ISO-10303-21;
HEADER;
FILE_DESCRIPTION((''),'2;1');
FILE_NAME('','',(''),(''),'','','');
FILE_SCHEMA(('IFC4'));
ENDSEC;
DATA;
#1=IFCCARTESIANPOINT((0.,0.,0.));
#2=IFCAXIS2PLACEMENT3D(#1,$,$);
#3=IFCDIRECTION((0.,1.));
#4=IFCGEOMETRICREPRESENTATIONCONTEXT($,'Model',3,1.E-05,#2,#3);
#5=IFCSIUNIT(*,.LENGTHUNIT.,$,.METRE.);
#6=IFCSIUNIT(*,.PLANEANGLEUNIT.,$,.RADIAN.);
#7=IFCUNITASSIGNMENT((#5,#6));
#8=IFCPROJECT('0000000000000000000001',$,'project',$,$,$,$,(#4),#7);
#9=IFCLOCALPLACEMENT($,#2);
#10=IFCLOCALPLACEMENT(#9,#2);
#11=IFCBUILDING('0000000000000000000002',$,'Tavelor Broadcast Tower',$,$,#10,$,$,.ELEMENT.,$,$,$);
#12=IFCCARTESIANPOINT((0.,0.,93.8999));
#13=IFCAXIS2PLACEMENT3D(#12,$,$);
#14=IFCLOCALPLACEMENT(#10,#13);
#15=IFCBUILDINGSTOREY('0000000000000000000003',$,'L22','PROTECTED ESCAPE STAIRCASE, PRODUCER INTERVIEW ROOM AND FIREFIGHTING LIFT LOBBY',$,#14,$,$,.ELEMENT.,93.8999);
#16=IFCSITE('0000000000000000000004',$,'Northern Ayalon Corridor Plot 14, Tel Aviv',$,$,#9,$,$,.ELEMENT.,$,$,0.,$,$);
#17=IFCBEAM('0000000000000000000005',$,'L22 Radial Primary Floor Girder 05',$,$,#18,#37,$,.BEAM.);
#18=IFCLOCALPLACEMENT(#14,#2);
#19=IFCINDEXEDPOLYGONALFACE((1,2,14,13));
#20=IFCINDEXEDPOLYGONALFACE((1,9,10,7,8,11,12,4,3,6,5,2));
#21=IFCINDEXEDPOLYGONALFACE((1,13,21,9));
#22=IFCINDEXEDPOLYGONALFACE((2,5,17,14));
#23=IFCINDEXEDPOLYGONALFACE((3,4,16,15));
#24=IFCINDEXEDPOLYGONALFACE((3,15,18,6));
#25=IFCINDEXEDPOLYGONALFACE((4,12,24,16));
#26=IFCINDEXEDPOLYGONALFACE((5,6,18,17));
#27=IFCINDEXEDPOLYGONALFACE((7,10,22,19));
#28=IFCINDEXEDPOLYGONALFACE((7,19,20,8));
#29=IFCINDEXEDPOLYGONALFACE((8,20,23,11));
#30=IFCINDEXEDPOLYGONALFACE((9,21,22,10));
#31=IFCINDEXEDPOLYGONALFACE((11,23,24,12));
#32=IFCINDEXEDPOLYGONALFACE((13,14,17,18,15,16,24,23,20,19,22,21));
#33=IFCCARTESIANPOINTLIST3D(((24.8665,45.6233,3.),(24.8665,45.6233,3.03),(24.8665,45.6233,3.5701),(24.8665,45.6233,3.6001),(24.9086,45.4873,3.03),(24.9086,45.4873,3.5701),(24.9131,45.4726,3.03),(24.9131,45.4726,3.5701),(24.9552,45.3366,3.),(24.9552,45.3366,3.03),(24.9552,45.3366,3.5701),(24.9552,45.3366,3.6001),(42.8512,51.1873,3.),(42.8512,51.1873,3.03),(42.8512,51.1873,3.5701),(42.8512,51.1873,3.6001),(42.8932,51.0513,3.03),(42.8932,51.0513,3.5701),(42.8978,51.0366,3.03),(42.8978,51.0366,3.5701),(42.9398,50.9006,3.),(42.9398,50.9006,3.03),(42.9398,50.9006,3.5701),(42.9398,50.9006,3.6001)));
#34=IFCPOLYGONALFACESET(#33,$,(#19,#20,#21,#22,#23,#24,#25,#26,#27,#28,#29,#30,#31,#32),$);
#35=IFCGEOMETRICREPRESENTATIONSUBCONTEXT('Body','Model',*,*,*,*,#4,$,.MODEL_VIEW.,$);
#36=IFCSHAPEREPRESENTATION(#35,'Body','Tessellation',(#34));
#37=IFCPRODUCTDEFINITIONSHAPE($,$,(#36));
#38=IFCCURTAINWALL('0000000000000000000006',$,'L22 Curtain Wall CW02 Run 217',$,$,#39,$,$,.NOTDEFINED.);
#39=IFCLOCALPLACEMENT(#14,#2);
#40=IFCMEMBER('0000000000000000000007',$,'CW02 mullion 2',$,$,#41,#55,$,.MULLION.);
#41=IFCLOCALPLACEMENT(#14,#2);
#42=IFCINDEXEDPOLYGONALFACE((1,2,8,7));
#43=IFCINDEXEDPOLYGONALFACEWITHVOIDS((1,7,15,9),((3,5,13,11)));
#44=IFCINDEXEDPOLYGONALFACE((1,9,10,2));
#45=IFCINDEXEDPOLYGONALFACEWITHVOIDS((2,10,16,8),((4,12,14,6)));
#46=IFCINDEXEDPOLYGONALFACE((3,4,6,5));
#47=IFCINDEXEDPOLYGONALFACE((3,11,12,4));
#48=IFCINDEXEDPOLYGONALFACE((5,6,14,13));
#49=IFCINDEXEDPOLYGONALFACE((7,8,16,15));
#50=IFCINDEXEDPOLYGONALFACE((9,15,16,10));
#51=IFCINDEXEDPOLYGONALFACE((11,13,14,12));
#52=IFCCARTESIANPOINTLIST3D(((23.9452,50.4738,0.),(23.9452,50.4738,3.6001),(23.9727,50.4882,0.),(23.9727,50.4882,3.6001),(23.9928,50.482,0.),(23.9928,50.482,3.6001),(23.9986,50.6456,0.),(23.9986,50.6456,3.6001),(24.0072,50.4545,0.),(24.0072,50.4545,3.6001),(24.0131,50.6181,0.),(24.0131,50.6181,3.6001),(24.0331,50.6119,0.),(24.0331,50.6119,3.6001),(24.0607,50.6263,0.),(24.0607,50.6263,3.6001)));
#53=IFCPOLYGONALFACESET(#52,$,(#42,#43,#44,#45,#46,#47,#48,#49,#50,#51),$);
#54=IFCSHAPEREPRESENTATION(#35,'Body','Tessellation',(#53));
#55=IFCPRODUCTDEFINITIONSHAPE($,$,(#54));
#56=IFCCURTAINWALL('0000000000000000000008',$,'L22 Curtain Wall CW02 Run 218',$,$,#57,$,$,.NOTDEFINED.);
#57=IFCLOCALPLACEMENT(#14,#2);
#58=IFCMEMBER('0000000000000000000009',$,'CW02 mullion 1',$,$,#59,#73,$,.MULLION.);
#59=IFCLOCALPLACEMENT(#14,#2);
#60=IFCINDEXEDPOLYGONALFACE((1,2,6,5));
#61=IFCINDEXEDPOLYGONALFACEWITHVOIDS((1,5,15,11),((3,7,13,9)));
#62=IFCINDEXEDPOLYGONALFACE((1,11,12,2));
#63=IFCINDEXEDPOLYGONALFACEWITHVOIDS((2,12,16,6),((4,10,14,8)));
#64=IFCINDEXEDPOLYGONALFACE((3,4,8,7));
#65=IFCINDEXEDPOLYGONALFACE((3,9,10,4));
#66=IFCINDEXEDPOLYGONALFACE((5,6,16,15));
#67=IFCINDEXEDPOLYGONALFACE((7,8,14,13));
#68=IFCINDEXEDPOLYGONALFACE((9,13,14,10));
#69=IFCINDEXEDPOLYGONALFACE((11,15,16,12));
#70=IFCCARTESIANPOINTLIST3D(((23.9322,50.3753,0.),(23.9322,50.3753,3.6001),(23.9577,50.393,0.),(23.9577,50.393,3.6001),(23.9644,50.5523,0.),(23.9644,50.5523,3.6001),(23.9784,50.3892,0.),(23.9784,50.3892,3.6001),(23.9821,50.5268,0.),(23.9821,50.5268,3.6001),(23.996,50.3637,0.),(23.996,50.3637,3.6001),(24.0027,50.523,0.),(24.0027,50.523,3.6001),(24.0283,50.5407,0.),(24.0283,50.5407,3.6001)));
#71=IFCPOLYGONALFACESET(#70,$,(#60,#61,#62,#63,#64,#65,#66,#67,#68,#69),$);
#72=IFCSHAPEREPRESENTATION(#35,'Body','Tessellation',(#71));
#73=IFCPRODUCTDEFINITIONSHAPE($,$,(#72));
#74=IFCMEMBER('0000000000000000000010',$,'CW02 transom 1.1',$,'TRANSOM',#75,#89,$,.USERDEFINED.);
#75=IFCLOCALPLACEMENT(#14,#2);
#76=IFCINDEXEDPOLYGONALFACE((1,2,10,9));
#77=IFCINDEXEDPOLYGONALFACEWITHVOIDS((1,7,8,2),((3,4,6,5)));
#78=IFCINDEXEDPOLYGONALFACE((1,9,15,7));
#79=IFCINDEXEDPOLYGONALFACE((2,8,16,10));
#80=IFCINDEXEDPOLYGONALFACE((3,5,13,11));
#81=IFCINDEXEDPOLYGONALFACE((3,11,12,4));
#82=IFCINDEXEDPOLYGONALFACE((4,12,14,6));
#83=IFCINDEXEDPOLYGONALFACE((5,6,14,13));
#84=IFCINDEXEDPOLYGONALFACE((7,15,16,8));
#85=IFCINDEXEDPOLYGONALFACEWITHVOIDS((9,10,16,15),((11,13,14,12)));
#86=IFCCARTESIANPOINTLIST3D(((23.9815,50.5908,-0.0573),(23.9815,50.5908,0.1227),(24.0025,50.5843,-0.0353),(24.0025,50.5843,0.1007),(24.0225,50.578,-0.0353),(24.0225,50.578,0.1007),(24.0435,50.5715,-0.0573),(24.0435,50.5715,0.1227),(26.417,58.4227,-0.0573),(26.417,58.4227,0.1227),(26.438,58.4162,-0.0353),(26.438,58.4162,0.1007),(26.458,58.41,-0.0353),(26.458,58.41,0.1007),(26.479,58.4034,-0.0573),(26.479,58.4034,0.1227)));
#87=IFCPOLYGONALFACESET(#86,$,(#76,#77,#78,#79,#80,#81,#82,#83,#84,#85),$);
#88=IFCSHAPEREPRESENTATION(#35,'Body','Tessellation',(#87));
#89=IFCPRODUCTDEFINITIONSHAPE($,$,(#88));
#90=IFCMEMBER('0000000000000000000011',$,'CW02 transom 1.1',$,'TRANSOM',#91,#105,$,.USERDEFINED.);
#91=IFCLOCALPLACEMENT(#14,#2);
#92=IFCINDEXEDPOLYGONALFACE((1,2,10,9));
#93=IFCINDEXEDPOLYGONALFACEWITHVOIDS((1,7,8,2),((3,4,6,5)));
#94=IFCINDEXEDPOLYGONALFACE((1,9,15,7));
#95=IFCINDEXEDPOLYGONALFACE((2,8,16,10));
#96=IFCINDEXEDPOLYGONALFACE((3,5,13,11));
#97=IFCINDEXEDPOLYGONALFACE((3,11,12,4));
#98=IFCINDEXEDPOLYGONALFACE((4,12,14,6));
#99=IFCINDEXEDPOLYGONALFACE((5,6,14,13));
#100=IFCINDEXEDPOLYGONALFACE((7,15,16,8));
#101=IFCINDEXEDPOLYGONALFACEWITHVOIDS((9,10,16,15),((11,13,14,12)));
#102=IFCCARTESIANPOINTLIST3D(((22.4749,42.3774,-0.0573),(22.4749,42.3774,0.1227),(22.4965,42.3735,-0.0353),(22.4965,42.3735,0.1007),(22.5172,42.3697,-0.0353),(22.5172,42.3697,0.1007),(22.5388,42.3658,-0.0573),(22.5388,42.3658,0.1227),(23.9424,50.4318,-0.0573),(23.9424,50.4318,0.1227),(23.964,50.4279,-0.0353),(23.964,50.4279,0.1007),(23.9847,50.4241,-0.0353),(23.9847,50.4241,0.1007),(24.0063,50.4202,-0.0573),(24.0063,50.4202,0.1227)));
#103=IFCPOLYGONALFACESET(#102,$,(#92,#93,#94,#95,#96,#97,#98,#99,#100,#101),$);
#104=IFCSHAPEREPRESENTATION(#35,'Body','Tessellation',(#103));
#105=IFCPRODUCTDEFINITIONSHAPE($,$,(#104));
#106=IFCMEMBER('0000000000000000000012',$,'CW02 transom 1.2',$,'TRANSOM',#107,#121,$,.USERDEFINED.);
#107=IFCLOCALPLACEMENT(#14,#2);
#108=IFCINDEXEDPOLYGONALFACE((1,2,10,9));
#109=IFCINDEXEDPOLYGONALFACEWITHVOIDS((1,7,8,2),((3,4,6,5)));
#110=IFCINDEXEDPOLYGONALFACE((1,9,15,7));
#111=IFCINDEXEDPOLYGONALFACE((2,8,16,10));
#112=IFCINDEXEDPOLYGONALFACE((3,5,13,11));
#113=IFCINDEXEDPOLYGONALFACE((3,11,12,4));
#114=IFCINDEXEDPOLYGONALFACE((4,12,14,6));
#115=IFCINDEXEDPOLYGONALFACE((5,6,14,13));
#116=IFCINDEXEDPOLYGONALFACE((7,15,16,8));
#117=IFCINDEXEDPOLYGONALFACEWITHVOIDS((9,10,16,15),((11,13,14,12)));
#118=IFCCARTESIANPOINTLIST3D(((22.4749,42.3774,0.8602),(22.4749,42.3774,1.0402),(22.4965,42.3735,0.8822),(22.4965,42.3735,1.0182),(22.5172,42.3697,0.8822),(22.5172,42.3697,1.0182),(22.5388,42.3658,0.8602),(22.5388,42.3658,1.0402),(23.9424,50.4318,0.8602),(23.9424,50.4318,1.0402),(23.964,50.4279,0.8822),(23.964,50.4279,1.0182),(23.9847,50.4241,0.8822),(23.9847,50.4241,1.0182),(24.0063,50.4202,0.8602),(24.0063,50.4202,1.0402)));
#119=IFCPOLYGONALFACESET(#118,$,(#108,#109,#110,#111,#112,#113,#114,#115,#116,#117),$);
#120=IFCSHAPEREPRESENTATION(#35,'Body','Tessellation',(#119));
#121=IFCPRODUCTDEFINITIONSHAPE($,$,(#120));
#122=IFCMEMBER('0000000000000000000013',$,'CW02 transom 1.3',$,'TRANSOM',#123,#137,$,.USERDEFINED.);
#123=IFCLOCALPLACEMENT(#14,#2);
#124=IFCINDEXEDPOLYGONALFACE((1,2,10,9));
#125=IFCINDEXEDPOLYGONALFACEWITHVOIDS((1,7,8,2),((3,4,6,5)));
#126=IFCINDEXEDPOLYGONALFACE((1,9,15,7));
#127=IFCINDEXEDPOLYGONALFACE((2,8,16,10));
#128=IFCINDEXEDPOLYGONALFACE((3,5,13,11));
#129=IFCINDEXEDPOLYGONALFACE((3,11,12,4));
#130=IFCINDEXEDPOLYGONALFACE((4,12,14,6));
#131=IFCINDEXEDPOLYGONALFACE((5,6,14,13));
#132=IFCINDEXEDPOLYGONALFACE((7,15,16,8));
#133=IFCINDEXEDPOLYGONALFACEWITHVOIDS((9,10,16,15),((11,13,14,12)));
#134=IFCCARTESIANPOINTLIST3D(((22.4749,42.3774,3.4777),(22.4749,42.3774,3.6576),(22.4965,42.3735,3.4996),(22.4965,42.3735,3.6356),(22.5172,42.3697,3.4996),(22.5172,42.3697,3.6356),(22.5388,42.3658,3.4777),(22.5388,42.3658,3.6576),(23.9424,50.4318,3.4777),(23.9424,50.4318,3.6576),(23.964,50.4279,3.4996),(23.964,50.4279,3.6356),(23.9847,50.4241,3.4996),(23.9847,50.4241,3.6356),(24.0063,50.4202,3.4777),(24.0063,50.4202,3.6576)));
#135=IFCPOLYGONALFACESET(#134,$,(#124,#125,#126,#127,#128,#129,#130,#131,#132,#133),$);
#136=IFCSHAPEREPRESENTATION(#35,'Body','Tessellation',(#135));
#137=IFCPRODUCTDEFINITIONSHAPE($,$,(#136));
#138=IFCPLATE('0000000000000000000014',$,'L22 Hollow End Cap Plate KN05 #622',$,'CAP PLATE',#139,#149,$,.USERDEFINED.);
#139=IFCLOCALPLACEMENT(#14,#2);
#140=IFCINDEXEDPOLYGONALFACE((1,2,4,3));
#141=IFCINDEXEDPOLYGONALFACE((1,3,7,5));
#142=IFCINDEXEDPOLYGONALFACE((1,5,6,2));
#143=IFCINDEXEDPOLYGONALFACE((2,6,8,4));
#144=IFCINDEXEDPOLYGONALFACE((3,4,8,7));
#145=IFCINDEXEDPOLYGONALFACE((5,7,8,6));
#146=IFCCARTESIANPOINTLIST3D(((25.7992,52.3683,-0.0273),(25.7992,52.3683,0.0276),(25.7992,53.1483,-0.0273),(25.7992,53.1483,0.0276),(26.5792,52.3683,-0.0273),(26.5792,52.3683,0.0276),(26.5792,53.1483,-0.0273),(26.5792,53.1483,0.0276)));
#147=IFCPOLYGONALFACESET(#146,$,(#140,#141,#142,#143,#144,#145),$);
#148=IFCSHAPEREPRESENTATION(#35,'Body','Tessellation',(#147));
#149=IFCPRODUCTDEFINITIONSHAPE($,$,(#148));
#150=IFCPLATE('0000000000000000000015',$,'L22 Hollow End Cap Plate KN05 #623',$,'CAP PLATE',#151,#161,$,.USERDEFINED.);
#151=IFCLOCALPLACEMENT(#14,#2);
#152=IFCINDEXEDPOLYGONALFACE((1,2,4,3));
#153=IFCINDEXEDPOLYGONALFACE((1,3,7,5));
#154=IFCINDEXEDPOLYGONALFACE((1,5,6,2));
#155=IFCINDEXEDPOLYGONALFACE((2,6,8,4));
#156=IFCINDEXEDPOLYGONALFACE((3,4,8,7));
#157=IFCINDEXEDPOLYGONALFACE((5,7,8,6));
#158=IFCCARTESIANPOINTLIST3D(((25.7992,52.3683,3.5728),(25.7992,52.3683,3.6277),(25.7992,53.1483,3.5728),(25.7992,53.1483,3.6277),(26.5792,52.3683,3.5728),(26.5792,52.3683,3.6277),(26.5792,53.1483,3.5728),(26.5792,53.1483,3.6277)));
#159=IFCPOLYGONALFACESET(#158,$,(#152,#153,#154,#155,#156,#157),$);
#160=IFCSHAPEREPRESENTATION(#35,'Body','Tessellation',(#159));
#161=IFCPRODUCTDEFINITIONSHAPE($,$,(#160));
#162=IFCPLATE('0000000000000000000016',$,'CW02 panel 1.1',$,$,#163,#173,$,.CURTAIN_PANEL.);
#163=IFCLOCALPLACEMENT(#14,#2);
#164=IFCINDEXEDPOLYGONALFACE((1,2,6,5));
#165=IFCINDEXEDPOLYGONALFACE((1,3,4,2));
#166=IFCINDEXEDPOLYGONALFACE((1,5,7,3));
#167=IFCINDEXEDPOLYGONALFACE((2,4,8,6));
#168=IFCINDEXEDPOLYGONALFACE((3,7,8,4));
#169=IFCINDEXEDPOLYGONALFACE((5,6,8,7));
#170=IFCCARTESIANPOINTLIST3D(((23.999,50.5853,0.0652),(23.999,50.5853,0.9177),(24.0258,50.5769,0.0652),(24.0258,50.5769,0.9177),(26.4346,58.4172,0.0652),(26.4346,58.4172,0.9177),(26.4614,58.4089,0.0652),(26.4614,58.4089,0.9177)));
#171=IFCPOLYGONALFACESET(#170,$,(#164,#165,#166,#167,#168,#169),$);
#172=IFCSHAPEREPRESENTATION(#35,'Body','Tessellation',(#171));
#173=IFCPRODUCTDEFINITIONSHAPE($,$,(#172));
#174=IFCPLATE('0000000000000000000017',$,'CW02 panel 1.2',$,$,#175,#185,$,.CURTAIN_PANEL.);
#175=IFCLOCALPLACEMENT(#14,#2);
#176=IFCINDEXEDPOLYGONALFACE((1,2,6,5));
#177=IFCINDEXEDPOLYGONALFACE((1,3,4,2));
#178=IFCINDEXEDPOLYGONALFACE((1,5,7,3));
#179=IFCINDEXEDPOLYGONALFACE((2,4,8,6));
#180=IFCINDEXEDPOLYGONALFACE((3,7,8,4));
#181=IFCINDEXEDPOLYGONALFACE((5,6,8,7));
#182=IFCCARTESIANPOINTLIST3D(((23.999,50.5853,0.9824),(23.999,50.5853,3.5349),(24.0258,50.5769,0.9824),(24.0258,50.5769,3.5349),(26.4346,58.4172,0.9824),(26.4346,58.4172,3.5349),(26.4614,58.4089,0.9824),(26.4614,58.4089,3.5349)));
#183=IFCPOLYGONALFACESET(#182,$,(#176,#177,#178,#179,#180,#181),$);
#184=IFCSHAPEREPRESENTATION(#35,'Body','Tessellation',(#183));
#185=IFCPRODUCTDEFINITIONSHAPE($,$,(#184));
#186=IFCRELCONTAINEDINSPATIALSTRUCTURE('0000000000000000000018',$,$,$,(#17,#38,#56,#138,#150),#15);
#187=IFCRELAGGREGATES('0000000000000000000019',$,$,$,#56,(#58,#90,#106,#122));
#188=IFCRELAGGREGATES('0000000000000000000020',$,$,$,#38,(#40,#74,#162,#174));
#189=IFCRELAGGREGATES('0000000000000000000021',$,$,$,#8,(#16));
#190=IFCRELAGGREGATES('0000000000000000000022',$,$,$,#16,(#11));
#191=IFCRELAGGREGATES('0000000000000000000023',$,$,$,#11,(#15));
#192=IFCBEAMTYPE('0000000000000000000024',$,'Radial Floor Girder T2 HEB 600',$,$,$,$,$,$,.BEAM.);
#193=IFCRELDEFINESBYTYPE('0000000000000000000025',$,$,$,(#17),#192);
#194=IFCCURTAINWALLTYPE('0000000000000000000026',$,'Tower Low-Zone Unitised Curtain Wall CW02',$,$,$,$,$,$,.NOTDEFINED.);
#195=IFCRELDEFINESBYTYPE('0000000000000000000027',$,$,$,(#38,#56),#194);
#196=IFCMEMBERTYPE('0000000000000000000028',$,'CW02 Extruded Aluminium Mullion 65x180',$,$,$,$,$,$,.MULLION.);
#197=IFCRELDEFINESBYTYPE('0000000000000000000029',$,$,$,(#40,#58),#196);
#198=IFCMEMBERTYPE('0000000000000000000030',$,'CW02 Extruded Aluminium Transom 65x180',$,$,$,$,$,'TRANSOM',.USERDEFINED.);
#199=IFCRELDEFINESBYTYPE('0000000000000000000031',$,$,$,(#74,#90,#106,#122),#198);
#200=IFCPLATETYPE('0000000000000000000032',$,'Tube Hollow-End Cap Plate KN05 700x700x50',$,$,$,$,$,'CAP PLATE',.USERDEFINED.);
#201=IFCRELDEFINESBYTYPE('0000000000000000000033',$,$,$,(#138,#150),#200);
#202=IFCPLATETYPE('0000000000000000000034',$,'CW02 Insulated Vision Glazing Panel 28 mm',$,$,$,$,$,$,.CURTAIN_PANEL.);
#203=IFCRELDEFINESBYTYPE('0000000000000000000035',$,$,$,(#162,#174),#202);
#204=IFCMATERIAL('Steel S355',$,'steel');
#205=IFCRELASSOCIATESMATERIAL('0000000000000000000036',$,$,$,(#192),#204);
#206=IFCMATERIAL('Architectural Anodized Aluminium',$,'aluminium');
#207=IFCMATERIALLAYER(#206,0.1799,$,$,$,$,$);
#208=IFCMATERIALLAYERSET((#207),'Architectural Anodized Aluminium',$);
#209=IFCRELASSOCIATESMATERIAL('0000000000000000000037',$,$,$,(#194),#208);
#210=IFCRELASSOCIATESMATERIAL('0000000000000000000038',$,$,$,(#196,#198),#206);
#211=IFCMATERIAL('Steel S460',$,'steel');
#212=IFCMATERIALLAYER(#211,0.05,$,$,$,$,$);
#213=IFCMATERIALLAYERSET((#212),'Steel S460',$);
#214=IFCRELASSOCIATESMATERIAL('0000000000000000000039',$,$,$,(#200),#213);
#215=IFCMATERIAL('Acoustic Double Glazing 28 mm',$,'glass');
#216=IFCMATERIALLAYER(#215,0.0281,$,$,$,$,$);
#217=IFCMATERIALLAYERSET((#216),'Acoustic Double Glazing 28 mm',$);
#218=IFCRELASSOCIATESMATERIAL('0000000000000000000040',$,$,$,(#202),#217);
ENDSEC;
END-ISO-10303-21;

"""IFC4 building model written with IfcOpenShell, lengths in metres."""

from ifc_helpers import new_model, si_unit, direction, frame, origin, origin_2d, place, context, subcontext, project, spatial, rectangle, hollow_rectangle, i_section, extrude, source, transform, mapped, material, layer, layer_set, material_profile, profile_set, type_object, type_shapes, element, aggregate, save


model = new_model("IFC4")

# Units and contexts
model_context = context("Model", 3, precision=1e-05, world=origin(), true_north=direction((0.0, 1.0)))
body_context = subcontext(model_context, "Body", "Model", "MODEL_VIEW")
ifc_project = project(units=[si_unit("LENGTHUNIT", "METRE"), si_unit("PLANEANGLEUNIT", "RADIAN")], contexts=[model_context])

# Site, building, storey
site_placement = place(None, origin())
site = spatial("IfcSite", under=ifc_project, at=site_placement, Name="Northern Ayalon Corridor Plot 14, Tel Aviv", CompositionType="ELEMENT", RefElevation=0.0)
building_placement = place(site_placement, origin())
building = spatial("IfcBuilding", under=site, at=building_placement, Name="Tavelor Broadcast Tower", CompositionType="ELEMENT")
storey_placement = place(building_placement, frame((0.0, 0.0, 93.8999)))
storey = spatial("IfcBuildingStorey", under=building, at=storey_placement, Name="L22", Description="PROTECTED ESCAPE STAIRCASE, PRODUCER INTERVIEW ROOM AND FIREFIGHTING LIFT LOBBY", CompositionType="ELEMENT", Elevation=93.8999)

# Shared definitions
ifc_material_1 = material(Name="Steel S460", Category="steel")

# Beam
ifc_material_2 = material(Name="Steel S355", Category="steel")
ifc_material_profile_1 = material_profile(ifc_material_2, i_section(OverallWidth=0.3, OverallDepth=0.6001, WebThickness=0.0154, FlangeThickness=0.03, at=origin_2d()), Name="HEB 600")
ifc_profile_set_1 = profile_set([ifc_material_profile_1], Name="Steel S355")
beam_type_1 = type_object("IfcBeamType", Name="Radial Floor Girder T2 HEB 600", PredefinedType="BEAM", material=ifc_profile_set_1)
beam_1_placement = place(storey_placement, frame((42.8955, 51.0439, 3.3), z_axis=(-0.955326, -0.295553, 0.0), x_axis=(0.295553, -0.955326, 0.0)))
element("IfcBeam", 1, at=beam_1_placement, inside=storey, type_object=beam_type_1, Name="L22 Radial Primary Floor Girder 05", PredefinedType="BEAM", context=body_context, shape_type="SweptSolid", body=[
    extrude(i_section(OverallWidth=0.3, OverallDepth=0.6001, WebThickness=0.0154, FlangeThickness=0.03, at=origin_2d()), origin(), (0.0, 0.0, 1.0), 18.8257),
])

# Curtain walls, members
ifc_material_3 = material(Name="Architectural Anodized Aluminium", Category="aluminium")
ifc_layer_1 = layer(ifc_material_3, 0.1799)
ifc_layer_set_1 = layer_set([ifc_layer_1], Name="Architectural Anodized Aluminium")
curtain_wall_type = type_object("IfcCurtainWallType", Name="Tower Low-Zone Unitised Curtain Wall CW02", PredefinedType="NOTDEFINED", material=ifc_layer_set_1)
curtain_wall_1_placement = place(storey_placement, origin())
curtain_wall_1 = element("IfcCurtainWall", 2, at=curtain_wall_1_placement, inside=storey, type_object=curtain_wall_type, Name="L22 Curtain Wall CW02 Run 217", PredefinedType="NOTDEFINED")
ifc_material_profile_2 = material_profile(ifc_material_3, hollow_rectangle(XDim=0.0649, YDim=0.1799, WallThickness=0.022, at=origin_2d()), Name="RHS 65x180x22")
ifc_profile_set_2 = profile_set([ifc_material_profile_2], Name="Architectural Anodized Aluminium")
member_type_1 = type_object("IfcMemberType", Name="CW02 Extruded Aluminium Mullion 65x180", PredefinedType="MULLION", material=ifc_profile_set_2)
shared_shape_1 = source(origin(), body_context, "Body", "SweptSolid", [
    extrude(hollow_rectangle(XDim=0.0649, YDim=0.1799, WallThickness=0.022, at=origin_2d()), origin(), (0.0, 0.0, 1.0), 3.6001),
])
type_shapes(member_type_1, [shared_shape_1])
member_1_placement = place(storey_placement, frame((24.0029, 50.55, 0.0), z_axis=(0.0, 0.0, 1.0), x_axis=(0.954892, -0.296954, 0.0)))
member_1 = element("IfcMember", 3, at=member_1_placement, type_object=member_type_1, Name="CW02 mullion 2", PredefinedType="MULLION", context=body_context, shape_type="MappedRepresentation", body=[
    mapped(shared_shape_1, transform((0.0, 0.0, 0.0), scale=1.0)),
])
curtain_wall_2_placement = place(storey_placement, origin())
curtain_wall_2 = element("IfcCurtainWall", 4, at=curtain_wall_2_placement, inside=storey, type_object=curtain_wall_type, Name="L22 Curtain Wall CW02 Run 218", PredefinedType="NOTDEFINED")
member_2_placement = place(storey_placement, frame((23.9802, 50.458, 0.0), z_axis=(0.0, 0.0, 1.0), x_axis=(0.983806, -0.179236, 0.0)))
member_2 = element("IfcMember", 5, at=member_2_placement, type_object=member_type_1, Name="CW02 mullion 1", PredefinedType="MULLION", context=body_context, shape_type="MappedRepresentation", body=[
    mapped(shared_shape_1, transform((0.0, 0.0, 0.0), scale=1.0)),
])

# Members
ifc_material_profile_3 = material_profile(ifc_material_3, hollow_rectangle(XDim=0.0649, YDim=0.1799, WallThickness=0.022, at=origin_2d()), Name="RHS 65x180x22")
ifc_profile_set_3 = profile_set([ifc_material_profile_3], Name="Architectural Anodized Aluminium")
member_type_2 = type_object("IfcMemberType", Name="CW02 Extruded Aluminium Transom 65x180", ElementType="TRANSOM", PredefinedType="USERDEFINED", material=ifc_profile_set_3)
shared_shape_2 = source(origin(), body_context, "Body", "SweptSolid", [
    extrude(hollow_rectangle(XDim=0.0649, YDim=0.1799, WallThickness=0.022, at=origin_2d()), origin(), (0.0, 0.0, 1.0), 8.2019),
])
member_3_placement = place(storey_placement, frame((26.448, 58.4131, 0.0327), z_axis=(-0.296946, -0.954894, 0.0), x_axis=(0.954894, -0.296946, 0.0)))
member_3 = element("IfcMember", 6, at=member_3_placement, type_object=member_type_2, Name="CW02 transom 1.1", ObjectType="TRANSOM", PredefinedType="USERDEFINED", context=body_context, shape_type="MappedRepresentation", body=[
    mapped(shared_shape_2, transform((0.0, 0.0, 0.0), scale=1.0)),
])
shared_shape_3 = source(origin(), body_context, "Body", "SweptSolid", [
    extrude(hollow_rectangle(XDim=0.0649, YDim=0.1799, WallThickness=0.022, at=origin_2d()), origin(), (0.0, 0.0, 1.0), 8.187),
])
type_shapes(member_type_2, [shared_shape_2, shared_shape_3])
member_4_placement = place(storey_placement, frame((23.9744, 50.426, 0.0327), z_axis=(-0.17925, -0.983804, 0.0), x_axis=(0.983804, -0.17925, 0.0)))
member_4 = element("IfcMember", 7, at=member_4_placement, type_object=member_type_2, Name="CW02 transom 1.1", ObjectType="TRANSOM", PredefinedType="USERDEFINED", context=body_context, shape_type="MappedRepresentation", body=[
    mapped(shared_shape_3, transform((0.0, 0.0, 0.0), scale=1.0)),
])
member_5_placement = place(storey_placement, frame((23.9744, 50.426, 0.9502), z_axis=(-0.17925, -0.983804, 0.0), x_axis=(0.983804, -0.17925, 0.0)))
member_5 = element("IfcMember", 8, at=member_5_placement, type_object=member_type_2, Name="CW02 transom 1.2", ObjectType="TRANSOM", PredefinedType="USERDEFINED", context=body_context, shape_type="MappedRepresentation", body=[
    mapped(shared_shape_3, transform((0.0, 0.0, 0.0), scale=1.0)),
])
member_6_placement = place(storey_placement, frame((23.9744, 50.426, 3.5676), z_axis=(-0.17925, -0.983804, 0.0), x_axis=(0.983804, -0.17925, 0.0)))
member_6 = element("IfcMember", 9, at=member_6_placement, type_object=member_type_2, Name="CW02 transom 1.3", ObjectType="TRANSOM", PredefinedType="USERDEFINED", context=body_context, shape_type="MappedRepresentation", body=[
    mapped(shared_shape_3, transform((0.0, 0.0, 0.0), scale=1.0)),
])
aggregate(curtain_wall_2, [member_2, member_4, member_5, member_6])

# Plates
ifc_layer_2 = layer(ifc_material_1, 0.05)
ifc_layer_set_2 = layer_set([ifc_layer_2], Name="Steel S460")
plate_type_1 = type_object("IfcPlateType", Name="Tube Hollow-End Cap Plate KN05 700x700x50", ElementType="CAP PLATE", PredefinedType="USERDEFINED", material=ifc_layer_set_2)
shared_shape_4 = source(origin(), body_context, "Body", "SweptSolid", [
    extrude(rectangle(XDim=0.78, YDim=0.78, at=origin_2d()), origin(), (0.0, 0.0, 1.0), 0.0549),
])
type_shapes(plate_type_1, [shared_shape_4])
for number, where, z_axis, x_axis, name in (
    (10, (26.1892, 52.7583, -0.0273), (0.0, 0.0, 1.0), (1.0, 0.0, 0.0), "L22 Hollow End Cap Plate KN05 #622"),
    (11, (26.1892, 52.7583, 3.5728), (0.0, 0.0, 1.0), (1.0, 0.0, 0.0), "L22 Hollow End Cap Plate KN05 #623"),
):
    element("IfcPlate", number, at=place(storey_placement, frame(where, z_axis=z_axis, x_axis=x_axis)), inside=storey, type_object=plate_type_1, Name=name, ObjectType="CAP PLATE", PredefinedType="USERDEFINED", context=body_context, shape_type="MappedRepresentation", body=[
        mapped(shared_shape_4, transform((0.0, 0.0, 0.0), scale=1.0)),
    ])

# Plates
ifc_material_4 = material(Name="Acoustic Double Glazing 28 mm", Category="glass")
ifc_layer_3 = layer(ifc_material_4, 0.0281)
ifc_layer_set_3 = layer_set([ifc_layer_3], Name="Acoustic Double Glazing 28 mm")
plate_type_2 = type_object("IfcPlateType", Name="CW02 Insulated Vision Glazing Panel 28 mm", PredefinedType="CURTAIN_PANEL", material=ifc_layer_set_3)
shared_shape_5 = source(origin(), body_context, "Body", "SweptSolid", [
    extrude(rectangle(XDim=8.2019, YDim=0.0281, at=origin_2d()), origin(), (0.0, 0.0, 1.0), 0.8525),
])
plate_1_placement = place(storey_placement, frame((25.2302, 54.4971, 0.0652), z_axis=(0.0, 0.0, 1.0), x_axis=(-0.296954, -0.954892, 0.0)))
plate_1 = element("IfcPlate", 12, at=plate_1_placement, type_object=plate_type_2, Name="CW02 panel 1.1", PredefinedType="CURTAIN_PANEL", context=body_context, shape_type="MappedRepresentation", body=[
    mapped(shared_shape_5, transform((0.0, 0.0, 0.0), scale=1.0)),
])
shared_shape_6 = source(origin(), body_context, "Body", "SweptSolid", [
    extrude(rectangle(XDim=8.2019, YDim=0.0281, at=origin_2d()), origin(), (0.0, 0.0, 1.0), 2.5525),
])
type_shapes(plate_type_2, [shared_shape_5, shared_shape_6])
plate_2_placement = place(storey_placement, frame((25.2302, 54.4971, 0.9824), z_axis=(0.0, 0.0, 1.0), x_axis=(-0.296954, -0.954892, 0.0)))
plate_2 = element("IfcPlate", 13, at=plate_2_placement, type_object=plate_type_2, Name="CW02 panel 1.2", PredefinedType="CURTAIN_PANEL", context=body_context, shape_type="MappedRepresentation", body=[
    mapped(shared_shape_6, transform((0.0, 0.0, 0.0), scale=1.0)),
])
aggregate(curtain_wall_1, [member_1, member_3, plate_1, plate_2])

save(model, "model.ifc")
